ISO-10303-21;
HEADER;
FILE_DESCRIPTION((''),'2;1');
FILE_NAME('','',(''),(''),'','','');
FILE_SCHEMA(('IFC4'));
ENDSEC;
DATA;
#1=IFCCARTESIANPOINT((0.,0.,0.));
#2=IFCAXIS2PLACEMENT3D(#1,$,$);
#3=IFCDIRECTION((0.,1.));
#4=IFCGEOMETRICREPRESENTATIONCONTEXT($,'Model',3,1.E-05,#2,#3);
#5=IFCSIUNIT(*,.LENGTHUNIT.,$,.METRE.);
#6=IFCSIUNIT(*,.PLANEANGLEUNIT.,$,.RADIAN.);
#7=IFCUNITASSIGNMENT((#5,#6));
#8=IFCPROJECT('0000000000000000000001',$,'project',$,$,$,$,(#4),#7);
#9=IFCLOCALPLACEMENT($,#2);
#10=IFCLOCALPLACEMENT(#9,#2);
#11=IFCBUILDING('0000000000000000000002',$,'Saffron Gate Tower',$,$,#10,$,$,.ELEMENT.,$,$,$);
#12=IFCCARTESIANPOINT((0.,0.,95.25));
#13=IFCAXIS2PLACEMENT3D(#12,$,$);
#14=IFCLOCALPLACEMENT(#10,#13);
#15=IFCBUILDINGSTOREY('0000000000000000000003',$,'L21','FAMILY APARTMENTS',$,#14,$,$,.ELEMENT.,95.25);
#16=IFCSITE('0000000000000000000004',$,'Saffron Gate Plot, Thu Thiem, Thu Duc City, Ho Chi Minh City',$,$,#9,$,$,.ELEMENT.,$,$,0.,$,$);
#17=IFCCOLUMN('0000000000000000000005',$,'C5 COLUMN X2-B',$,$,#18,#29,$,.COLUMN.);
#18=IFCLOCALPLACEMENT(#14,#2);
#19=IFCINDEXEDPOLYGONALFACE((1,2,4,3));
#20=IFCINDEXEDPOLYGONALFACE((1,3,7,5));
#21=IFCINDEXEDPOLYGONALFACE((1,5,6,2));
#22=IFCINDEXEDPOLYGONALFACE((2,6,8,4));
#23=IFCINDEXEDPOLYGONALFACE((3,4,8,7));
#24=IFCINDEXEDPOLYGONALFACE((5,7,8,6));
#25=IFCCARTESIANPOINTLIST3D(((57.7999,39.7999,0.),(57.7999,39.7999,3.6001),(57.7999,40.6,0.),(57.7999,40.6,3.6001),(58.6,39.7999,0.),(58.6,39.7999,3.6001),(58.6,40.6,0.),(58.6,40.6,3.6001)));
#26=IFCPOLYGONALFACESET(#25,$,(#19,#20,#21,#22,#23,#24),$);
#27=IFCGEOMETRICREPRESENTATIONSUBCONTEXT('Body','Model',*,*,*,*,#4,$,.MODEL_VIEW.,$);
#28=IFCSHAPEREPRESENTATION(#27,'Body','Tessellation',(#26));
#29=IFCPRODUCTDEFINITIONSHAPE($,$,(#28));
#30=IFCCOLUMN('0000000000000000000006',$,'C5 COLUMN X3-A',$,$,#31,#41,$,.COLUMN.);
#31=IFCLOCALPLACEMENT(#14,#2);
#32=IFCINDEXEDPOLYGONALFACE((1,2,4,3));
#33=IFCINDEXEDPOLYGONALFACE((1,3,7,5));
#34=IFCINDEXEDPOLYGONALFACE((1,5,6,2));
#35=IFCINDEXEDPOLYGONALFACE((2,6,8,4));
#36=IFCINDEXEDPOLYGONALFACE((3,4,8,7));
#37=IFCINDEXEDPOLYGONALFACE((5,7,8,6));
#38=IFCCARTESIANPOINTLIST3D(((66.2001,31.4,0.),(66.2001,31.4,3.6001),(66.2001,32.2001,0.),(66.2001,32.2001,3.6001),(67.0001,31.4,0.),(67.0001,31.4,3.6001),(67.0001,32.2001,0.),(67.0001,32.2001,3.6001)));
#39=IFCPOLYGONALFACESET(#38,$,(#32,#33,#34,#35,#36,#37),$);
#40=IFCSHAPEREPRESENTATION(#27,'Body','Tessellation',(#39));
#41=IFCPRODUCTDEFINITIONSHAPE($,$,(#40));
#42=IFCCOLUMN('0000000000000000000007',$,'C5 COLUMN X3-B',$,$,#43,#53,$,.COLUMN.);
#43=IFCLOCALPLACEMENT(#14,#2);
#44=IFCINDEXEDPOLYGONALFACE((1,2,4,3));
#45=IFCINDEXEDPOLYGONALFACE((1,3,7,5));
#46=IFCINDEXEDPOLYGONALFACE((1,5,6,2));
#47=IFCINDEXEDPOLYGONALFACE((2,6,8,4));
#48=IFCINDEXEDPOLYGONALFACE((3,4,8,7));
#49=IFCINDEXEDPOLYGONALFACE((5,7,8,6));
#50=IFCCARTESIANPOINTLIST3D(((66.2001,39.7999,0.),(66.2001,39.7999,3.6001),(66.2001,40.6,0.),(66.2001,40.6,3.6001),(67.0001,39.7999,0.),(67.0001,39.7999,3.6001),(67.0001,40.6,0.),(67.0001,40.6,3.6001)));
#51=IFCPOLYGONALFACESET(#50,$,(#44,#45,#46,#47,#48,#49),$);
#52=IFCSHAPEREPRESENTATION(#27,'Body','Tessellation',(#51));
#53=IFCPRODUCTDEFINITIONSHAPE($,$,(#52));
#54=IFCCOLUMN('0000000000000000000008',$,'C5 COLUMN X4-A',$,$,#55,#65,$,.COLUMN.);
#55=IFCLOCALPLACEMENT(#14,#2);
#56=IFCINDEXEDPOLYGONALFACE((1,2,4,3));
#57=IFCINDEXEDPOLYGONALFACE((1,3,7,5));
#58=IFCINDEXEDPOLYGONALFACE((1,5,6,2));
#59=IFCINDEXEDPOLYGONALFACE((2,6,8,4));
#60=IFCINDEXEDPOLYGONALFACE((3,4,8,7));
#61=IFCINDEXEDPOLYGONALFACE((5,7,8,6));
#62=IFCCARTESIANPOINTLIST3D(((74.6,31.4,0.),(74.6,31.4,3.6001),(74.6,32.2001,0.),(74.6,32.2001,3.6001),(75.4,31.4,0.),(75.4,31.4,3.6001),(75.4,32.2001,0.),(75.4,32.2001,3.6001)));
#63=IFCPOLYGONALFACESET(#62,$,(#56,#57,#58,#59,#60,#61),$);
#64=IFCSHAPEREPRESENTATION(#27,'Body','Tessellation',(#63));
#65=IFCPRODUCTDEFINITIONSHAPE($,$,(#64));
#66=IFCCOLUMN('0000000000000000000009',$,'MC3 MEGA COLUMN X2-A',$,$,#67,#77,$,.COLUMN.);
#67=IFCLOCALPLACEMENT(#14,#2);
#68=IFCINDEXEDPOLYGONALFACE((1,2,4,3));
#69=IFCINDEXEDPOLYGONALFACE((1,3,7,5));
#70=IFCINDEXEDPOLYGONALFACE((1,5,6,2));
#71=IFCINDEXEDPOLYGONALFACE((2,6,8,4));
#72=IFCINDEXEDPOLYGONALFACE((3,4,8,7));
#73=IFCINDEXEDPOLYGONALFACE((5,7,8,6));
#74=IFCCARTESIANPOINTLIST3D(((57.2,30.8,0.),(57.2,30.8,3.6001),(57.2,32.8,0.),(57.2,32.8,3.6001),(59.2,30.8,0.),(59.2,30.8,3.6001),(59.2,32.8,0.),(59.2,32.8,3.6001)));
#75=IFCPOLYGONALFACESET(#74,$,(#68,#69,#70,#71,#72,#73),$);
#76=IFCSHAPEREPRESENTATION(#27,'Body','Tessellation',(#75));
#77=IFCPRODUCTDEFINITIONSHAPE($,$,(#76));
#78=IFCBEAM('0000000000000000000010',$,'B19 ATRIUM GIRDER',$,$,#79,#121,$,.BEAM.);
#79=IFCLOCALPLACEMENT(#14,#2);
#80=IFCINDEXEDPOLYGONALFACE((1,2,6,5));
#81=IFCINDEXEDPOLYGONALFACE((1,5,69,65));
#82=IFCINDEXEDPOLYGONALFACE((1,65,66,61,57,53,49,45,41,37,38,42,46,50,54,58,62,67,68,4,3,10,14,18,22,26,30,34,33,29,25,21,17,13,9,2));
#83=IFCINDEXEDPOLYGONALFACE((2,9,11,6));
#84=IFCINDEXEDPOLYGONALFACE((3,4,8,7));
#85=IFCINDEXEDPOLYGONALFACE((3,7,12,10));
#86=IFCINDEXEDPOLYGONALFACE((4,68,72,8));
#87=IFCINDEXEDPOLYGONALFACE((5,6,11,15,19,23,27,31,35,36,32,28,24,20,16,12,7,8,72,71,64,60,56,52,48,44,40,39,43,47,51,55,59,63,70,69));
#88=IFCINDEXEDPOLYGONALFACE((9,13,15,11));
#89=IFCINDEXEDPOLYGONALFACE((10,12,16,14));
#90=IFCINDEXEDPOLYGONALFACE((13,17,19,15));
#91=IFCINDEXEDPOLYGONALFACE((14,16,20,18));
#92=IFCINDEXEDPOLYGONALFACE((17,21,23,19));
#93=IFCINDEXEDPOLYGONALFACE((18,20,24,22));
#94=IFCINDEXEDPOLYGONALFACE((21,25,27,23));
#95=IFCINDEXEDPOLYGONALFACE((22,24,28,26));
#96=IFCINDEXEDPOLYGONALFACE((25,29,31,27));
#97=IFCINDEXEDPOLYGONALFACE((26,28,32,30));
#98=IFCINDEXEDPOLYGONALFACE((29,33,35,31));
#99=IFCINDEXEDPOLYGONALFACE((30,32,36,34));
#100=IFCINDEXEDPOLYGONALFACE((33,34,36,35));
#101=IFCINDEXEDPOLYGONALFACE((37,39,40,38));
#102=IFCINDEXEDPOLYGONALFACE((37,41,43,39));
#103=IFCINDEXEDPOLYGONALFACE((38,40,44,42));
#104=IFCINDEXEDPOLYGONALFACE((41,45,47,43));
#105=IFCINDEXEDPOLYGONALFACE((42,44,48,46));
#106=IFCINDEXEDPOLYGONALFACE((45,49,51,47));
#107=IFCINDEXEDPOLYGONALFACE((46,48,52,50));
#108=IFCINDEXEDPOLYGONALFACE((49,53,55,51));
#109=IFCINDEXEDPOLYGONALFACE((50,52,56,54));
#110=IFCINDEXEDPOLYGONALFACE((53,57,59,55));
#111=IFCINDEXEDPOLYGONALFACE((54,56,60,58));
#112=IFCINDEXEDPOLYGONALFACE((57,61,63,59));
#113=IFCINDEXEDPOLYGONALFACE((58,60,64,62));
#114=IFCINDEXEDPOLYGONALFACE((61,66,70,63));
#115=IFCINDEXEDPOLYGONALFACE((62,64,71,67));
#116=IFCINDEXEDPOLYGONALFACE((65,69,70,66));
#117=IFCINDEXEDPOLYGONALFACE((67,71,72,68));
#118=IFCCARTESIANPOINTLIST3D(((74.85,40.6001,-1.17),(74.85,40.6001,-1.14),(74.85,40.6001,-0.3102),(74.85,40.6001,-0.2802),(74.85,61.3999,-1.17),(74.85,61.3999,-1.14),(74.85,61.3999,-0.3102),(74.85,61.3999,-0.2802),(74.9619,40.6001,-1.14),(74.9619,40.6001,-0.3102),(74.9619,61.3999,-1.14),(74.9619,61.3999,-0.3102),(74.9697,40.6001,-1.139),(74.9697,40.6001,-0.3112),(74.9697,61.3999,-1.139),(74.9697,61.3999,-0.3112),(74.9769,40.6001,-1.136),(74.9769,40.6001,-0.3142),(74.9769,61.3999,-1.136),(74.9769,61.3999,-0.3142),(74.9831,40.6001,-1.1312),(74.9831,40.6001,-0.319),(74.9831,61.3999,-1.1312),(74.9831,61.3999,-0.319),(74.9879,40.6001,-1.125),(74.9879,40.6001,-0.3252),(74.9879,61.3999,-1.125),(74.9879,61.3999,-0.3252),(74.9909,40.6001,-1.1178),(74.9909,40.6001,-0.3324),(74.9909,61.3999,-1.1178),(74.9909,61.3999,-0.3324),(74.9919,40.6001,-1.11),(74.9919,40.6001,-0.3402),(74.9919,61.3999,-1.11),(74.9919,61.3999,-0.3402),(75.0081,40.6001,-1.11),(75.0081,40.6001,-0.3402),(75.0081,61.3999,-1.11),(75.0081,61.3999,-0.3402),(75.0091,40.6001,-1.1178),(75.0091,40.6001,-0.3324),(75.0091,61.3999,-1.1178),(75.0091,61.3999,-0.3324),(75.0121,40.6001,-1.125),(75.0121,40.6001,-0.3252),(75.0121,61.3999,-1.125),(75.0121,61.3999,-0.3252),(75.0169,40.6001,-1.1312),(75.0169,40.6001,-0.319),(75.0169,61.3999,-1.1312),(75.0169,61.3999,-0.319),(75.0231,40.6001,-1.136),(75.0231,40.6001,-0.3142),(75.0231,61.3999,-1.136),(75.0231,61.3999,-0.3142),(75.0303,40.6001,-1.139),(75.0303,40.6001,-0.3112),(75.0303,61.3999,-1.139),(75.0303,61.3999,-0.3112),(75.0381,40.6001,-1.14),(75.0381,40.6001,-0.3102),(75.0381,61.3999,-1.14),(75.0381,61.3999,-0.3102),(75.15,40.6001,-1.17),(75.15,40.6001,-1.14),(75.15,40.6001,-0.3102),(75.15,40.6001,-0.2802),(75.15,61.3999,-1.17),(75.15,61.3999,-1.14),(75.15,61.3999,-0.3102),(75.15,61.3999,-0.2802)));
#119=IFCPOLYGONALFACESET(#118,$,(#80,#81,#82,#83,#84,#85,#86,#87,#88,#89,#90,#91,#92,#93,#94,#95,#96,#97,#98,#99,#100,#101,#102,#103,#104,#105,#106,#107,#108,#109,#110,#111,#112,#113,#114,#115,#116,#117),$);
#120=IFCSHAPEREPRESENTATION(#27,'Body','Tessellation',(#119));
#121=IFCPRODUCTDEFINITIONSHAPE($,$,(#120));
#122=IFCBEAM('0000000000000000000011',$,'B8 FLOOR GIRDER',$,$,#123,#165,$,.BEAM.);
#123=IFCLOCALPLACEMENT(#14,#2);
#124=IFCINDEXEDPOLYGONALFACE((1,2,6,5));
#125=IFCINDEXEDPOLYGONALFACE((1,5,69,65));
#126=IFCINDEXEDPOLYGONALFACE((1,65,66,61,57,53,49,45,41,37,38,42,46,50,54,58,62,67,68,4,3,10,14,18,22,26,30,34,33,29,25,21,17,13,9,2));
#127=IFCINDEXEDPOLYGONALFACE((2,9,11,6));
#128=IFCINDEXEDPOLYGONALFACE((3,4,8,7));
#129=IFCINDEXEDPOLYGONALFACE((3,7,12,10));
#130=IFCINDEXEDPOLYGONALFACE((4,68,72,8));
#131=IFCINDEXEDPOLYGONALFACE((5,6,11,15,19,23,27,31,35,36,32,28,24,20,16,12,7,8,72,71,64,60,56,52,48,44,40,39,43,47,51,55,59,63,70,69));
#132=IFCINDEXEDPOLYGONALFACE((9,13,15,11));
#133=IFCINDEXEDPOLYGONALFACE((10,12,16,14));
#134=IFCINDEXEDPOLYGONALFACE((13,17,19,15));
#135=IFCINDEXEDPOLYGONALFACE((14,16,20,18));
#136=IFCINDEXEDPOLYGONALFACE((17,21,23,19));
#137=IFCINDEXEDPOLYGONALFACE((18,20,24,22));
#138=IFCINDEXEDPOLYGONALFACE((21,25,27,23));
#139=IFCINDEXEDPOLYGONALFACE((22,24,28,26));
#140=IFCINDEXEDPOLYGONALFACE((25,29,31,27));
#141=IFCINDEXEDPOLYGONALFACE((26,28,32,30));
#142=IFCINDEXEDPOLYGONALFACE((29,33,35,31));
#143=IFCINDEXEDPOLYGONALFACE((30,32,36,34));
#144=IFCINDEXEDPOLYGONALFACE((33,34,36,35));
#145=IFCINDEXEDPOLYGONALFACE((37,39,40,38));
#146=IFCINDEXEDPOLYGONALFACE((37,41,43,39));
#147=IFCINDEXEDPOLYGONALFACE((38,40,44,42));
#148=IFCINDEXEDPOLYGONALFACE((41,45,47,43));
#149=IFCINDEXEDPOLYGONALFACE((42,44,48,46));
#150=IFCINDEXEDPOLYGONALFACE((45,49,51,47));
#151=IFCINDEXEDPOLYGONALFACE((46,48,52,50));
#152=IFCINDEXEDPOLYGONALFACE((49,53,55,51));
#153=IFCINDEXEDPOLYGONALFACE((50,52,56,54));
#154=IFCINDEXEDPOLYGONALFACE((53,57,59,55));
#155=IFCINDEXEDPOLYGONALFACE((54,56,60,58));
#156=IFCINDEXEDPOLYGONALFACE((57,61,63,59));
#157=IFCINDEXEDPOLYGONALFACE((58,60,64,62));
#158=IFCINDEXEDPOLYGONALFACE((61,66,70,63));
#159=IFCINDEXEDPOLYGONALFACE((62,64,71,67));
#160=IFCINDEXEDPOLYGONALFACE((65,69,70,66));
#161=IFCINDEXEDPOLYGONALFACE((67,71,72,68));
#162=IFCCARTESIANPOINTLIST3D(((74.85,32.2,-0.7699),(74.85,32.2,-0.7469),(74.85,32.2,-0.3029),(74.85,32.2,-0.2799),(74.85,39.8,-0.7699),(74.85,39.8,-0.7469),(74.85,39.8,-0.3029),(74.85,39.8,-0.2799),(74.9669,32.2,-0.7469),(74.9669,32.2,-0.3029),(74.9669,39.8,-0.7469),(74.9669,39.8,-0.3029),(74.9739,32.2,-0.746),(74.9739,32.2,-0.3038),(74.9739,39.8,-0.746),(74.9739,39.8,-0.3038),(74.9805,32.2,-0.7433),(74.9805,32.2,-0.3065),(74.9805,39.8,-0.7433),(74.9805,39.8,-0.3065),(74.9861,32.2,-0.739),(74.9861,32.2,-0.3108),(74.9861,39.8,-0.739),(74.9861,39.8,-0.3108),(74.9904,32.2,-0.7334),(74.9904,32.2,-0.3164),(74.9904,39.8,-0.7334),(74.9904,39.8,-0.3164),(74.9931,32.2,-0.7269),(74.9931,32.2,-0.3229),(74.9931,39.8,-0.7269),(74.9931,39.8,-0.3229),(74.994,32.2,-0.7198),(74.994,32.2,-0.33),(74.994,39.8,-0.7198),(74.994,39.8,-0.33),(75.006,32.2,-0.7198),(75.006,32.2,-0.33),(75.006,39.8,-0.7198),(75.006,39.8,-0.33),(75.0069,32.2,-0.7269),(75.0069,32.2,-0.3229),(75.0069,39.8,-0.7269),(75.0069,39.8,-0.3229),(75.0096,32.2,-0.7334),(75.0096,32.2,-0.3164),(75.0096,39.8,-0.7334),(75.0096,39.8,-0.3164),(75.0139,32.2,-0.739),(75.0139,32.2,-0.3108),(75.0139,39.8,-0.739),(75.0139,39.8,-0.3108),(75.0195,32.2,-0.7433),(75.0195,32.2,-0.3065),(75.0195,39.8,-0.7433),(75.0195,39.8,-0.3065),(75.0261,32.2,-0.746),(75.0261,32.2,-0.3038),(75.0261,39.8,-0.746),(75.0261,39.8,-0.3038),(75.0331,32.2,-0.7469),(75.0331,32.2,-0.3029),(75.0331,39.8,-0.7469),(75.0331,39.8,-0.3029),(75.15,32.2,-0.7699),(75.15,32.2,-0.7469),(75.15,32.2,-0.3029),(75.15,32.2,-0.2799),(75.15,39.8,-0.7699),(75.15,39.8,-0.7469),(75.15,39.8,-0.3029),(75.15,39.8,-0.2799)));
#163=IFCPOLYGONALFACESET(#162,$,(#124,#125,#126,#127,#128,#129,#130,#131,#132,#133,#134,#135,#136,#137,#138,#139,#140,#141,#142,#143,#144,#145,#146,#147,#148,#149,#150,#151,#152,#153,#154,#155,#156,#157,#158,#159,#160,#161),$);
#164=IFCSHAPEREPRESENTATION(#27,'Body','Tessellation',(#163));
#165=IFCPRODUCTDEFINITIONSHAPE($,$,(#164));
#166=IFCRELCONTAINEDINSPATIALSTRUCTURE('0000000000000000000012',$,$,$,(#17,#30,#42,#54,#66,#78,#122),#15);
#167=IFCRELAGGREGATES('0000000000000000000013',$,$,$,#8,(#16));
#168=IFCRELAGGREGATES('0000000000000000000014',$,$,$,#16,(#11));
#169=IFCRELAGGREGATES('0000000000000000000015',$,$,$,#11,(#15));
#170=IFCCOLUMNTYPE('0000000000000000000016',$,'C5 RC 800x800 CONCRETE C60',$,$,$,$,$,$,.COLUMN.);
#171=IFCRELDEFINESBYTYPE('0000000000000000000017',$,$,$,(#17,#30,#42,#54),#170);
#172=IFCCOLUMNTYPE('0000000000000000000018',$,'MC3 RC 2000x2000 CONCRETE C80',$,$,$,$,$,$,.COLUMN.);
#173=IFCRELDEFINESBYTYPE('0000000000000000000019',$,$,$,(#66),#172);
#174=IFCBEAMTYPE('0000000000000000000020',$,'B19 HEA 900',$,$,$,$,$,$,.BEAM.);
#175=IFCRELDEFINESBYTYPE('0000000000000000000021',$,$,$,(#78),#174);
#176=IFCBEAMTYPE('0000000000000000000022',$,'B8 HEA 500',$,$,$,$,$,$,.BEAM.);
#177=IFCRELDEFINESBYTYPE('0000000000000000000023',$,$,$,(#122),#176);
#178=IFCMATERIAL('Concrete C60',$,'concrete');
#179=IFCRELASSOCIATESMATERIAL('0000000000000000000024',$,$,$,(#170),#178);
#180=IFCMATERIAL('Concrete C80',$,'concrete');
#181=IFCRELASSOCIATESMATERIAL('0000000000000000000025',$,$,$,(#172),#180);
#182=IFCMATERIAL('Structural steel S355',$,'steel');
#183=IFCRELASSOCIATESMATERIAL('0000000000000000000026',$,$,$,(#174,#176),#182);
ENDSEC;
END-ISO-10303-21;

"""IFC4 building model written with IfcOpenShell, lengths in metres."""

from ifc_helpers import new_model, si_unit, direction, frame, origin, origin_2d, place, context, subcontext, project, spatial, rectangle, i_section, extrude, material, material_profile, profile_set, type_object, element, save


model = new_model("IFC4")

# Units and contexts
model_context = context("Model", 3, precision=1e-05, world=origin(), true_north=direction((0.0, 1.0)))
body_context = subcontext(model_context, "Body", "Model", "MODEL_VIEW")
ifc_project = project(units=[si_unit("LENGTHUNIT", "METRE"), si_unit("PLANEANGLEUNIT", "RADIAN")], contexts=[model_context])

# Site, building, storey
site_placement = place(None, origin())
site = spatial("IfcSite", under=ifc_project, at=site_placement, Name="Saffron Gate Plot, Thu Thiem, Thu Duc City, Ho Chi Minh City", CompositionType="ELEMENT", RefElevation=0.0)
building_placement = place(site_placement, origin())
building = spatial("IfcBuilding", under=site, at=building_placement, Name="Saffron Gate Tower", CompositionType="ELEMENT")
storey_placement = place(building_placement, frame((0.0, 0.0, 95.25)))
storey = spatial("IfcBuildingStorey", under=building, at=storey_placement, Name="L21", Description="FAMILY APARTMENTS", CompositionType="ELEMENT", Elevation=95.25)

# Columns
ifc_material_1 = material(Name="Concrete C60", Category="concrete")
ifc_material_profile_1 = material_profile(ifc_material_1, rectangle(XDim=0.8, YDim=0.8, at=origin_2d()))
ifc_profile_set_1 = profile_set([ifc_material_profile_1], Name="Concrete C60")
column_type_1 = type_object("IfcColumnType", Name="C5 RC 800x800 CONCRETE C60", PredefinedType="COLUMN", material=ifc_profile_set_1)
for number, where, z_axis, x_axis, name in (
    (1, (58.2, 40.2, 0.0), (0.0, 0.0, 1.0), (1.0, 0.0, 0.0), "C5 COLUMN X2-B"),
    (2, (66.6001, 31.8, 0.0), (0.0, 0.0, 1.0), (1.0, 0.0, 0.0), "C5 COLUMN X3-A"),
    (3, (66.6001, 40.2, 0.0), (0.0, 0.0, 1.0), (1.0, 0.0, 0.0), "C5 COLUMN X3-B"),
    (4, (75.0, 31.8, 0.0), (0.0, 0.0, 1.0), (1.0, 0.0, 0.0), "C5 COLUMN X4-A"),
):
    element("IfcColumn", number, at=place(storey_placement, frame(where, z_axis=z_axis, x_axis=x_axis)), inside=storey, type_object=column_type_1, Name=name, PredefinedType="COLUMN", context=body_context, shape_type="SweptSolid", body=[
        extrude(rectangle(XDim=0.8, YDim=0.8, at=origin_2d()), origin(), (0.0, 0.0, 1.0), 3.6001),
    ])
ifc_material_2 = material(Name="Concrete C80", Category="concrete")
ifc_material_profile_2 = material_profile(ifc_material_2, rectangle(XDim=2.0, YDim=2.0, at=origin_2d()))
ifc_profile_set_2 = profile_set([ifc_material_profile_2], Name="Concrete C80")
column_type_2 = type_object("IfcColumnType", Name="MC3 RC 2000x2000 CONCRETE C80", PredefinedType="COLUMN", material=ifc_profile_set_2)
column_placement = place(storey_placement, frame((58.2, 31.8, 0.0), z_axis=(0.0, 0.0, 1.0), x_axis=(1.0, 0.0, 0.0)))
element("IfcColumn", 5, at=column_placement, inside=storey, type_object=column_type_2, Name="MC3 MEGA COLUMN X2-A", PredefinedType="COLUMN", context=body_context, shape_type="SweptSolid", body=[
    extrude(rectangle(XDim=2.0, YDim=2.0, at=origin_2d()), origin(), (0.0, 0.0, 1.0), 3.6001),
])

# Beams
ifc_material_3 = material(Name="Structural steel S355", Category="steel")
ifc_material_profile_3 = material_profile(ifc_material_3, i_section(OverallWidth=0.3, OverallDepth=0.8899, WebThickness=0.0161, FlangeThickness=0.03, FilletRadius=0.03, at=origin_2d()))
ifc_profile_set_3 = profile_set([ifc_material_profile_3], Name="Structural steel S355")
beam_type_1 = type_object("IfcBeamType", Name="B19 HEA 900", PredefinedType="BEAM", material=ifc_profile_set_3)
beam_placement = place(storey_placement, frame((75.0, 40.6001, -0.7251), z_axis=(0.0, 1.0, 0.0), x_axis=(-1.0, 0.0, 0.0)))
element("IfcBeam", 6, at=beam_placement, inside=storey, type_object=beam_type_1, Name="B19 ATRIUM GIRDER", PredefinedType="BEAM", context=body_context, shape_type="SweptSolid", body=[
    extrude(i_section(OverallWidth=0.3, OverallDepth=0.8899, WebThickness=0.0161, FlangeThickness=0.03, FilletRadius=0.03, at=origin_2d()), origin(), (0.0, 0.0, 1.0), 20.7998),
])
ifc_material_profile_4 = material_profile(ifc_material_3, i_section(OverallWidth=0.3, OverallDepth=0.49, WebThickness=0.012, FlangeThickness=0.0229, FilletRadius=0.0271, at=origin_2d()))
ifc_profile_set_4 = profile_set([ifc_material_profile_4], Name="Structural steel S355")
beam_type_2 = type_object("IfcBeamType", Name="B8 HEA 500", PredefinedType="BEAM", material=ifc_profile_set_4)
for number, where, z_axis, x_axis, name in (
    (7, (75.0, 32.2, -0.5249), (0.0, 1.0, 0.0), (-1.0, 0.0, 0.0), "B8 FLOOR GIRDER"),
):
    element("IfcBeam", number, at=place(storey_placement, frame(where, z_axis=z_axis, x_axis=x_axis)), inside=storey, type_object=beam_type_2, Name=name, PredefinedType="BEAM", context=body_context, shape_type="SweptSolid", body=[
        extrude(i_section(OverallWidth=0.3, OverallDepth=0.49, WebThickness=0.012, FlangeThickness=0.0229, FilletRadius=0.0271, at=origin_2d()), origin(), (0.0, 0.0, 1.0), 7.6001),
    ])

save(model, "model.ifc")
